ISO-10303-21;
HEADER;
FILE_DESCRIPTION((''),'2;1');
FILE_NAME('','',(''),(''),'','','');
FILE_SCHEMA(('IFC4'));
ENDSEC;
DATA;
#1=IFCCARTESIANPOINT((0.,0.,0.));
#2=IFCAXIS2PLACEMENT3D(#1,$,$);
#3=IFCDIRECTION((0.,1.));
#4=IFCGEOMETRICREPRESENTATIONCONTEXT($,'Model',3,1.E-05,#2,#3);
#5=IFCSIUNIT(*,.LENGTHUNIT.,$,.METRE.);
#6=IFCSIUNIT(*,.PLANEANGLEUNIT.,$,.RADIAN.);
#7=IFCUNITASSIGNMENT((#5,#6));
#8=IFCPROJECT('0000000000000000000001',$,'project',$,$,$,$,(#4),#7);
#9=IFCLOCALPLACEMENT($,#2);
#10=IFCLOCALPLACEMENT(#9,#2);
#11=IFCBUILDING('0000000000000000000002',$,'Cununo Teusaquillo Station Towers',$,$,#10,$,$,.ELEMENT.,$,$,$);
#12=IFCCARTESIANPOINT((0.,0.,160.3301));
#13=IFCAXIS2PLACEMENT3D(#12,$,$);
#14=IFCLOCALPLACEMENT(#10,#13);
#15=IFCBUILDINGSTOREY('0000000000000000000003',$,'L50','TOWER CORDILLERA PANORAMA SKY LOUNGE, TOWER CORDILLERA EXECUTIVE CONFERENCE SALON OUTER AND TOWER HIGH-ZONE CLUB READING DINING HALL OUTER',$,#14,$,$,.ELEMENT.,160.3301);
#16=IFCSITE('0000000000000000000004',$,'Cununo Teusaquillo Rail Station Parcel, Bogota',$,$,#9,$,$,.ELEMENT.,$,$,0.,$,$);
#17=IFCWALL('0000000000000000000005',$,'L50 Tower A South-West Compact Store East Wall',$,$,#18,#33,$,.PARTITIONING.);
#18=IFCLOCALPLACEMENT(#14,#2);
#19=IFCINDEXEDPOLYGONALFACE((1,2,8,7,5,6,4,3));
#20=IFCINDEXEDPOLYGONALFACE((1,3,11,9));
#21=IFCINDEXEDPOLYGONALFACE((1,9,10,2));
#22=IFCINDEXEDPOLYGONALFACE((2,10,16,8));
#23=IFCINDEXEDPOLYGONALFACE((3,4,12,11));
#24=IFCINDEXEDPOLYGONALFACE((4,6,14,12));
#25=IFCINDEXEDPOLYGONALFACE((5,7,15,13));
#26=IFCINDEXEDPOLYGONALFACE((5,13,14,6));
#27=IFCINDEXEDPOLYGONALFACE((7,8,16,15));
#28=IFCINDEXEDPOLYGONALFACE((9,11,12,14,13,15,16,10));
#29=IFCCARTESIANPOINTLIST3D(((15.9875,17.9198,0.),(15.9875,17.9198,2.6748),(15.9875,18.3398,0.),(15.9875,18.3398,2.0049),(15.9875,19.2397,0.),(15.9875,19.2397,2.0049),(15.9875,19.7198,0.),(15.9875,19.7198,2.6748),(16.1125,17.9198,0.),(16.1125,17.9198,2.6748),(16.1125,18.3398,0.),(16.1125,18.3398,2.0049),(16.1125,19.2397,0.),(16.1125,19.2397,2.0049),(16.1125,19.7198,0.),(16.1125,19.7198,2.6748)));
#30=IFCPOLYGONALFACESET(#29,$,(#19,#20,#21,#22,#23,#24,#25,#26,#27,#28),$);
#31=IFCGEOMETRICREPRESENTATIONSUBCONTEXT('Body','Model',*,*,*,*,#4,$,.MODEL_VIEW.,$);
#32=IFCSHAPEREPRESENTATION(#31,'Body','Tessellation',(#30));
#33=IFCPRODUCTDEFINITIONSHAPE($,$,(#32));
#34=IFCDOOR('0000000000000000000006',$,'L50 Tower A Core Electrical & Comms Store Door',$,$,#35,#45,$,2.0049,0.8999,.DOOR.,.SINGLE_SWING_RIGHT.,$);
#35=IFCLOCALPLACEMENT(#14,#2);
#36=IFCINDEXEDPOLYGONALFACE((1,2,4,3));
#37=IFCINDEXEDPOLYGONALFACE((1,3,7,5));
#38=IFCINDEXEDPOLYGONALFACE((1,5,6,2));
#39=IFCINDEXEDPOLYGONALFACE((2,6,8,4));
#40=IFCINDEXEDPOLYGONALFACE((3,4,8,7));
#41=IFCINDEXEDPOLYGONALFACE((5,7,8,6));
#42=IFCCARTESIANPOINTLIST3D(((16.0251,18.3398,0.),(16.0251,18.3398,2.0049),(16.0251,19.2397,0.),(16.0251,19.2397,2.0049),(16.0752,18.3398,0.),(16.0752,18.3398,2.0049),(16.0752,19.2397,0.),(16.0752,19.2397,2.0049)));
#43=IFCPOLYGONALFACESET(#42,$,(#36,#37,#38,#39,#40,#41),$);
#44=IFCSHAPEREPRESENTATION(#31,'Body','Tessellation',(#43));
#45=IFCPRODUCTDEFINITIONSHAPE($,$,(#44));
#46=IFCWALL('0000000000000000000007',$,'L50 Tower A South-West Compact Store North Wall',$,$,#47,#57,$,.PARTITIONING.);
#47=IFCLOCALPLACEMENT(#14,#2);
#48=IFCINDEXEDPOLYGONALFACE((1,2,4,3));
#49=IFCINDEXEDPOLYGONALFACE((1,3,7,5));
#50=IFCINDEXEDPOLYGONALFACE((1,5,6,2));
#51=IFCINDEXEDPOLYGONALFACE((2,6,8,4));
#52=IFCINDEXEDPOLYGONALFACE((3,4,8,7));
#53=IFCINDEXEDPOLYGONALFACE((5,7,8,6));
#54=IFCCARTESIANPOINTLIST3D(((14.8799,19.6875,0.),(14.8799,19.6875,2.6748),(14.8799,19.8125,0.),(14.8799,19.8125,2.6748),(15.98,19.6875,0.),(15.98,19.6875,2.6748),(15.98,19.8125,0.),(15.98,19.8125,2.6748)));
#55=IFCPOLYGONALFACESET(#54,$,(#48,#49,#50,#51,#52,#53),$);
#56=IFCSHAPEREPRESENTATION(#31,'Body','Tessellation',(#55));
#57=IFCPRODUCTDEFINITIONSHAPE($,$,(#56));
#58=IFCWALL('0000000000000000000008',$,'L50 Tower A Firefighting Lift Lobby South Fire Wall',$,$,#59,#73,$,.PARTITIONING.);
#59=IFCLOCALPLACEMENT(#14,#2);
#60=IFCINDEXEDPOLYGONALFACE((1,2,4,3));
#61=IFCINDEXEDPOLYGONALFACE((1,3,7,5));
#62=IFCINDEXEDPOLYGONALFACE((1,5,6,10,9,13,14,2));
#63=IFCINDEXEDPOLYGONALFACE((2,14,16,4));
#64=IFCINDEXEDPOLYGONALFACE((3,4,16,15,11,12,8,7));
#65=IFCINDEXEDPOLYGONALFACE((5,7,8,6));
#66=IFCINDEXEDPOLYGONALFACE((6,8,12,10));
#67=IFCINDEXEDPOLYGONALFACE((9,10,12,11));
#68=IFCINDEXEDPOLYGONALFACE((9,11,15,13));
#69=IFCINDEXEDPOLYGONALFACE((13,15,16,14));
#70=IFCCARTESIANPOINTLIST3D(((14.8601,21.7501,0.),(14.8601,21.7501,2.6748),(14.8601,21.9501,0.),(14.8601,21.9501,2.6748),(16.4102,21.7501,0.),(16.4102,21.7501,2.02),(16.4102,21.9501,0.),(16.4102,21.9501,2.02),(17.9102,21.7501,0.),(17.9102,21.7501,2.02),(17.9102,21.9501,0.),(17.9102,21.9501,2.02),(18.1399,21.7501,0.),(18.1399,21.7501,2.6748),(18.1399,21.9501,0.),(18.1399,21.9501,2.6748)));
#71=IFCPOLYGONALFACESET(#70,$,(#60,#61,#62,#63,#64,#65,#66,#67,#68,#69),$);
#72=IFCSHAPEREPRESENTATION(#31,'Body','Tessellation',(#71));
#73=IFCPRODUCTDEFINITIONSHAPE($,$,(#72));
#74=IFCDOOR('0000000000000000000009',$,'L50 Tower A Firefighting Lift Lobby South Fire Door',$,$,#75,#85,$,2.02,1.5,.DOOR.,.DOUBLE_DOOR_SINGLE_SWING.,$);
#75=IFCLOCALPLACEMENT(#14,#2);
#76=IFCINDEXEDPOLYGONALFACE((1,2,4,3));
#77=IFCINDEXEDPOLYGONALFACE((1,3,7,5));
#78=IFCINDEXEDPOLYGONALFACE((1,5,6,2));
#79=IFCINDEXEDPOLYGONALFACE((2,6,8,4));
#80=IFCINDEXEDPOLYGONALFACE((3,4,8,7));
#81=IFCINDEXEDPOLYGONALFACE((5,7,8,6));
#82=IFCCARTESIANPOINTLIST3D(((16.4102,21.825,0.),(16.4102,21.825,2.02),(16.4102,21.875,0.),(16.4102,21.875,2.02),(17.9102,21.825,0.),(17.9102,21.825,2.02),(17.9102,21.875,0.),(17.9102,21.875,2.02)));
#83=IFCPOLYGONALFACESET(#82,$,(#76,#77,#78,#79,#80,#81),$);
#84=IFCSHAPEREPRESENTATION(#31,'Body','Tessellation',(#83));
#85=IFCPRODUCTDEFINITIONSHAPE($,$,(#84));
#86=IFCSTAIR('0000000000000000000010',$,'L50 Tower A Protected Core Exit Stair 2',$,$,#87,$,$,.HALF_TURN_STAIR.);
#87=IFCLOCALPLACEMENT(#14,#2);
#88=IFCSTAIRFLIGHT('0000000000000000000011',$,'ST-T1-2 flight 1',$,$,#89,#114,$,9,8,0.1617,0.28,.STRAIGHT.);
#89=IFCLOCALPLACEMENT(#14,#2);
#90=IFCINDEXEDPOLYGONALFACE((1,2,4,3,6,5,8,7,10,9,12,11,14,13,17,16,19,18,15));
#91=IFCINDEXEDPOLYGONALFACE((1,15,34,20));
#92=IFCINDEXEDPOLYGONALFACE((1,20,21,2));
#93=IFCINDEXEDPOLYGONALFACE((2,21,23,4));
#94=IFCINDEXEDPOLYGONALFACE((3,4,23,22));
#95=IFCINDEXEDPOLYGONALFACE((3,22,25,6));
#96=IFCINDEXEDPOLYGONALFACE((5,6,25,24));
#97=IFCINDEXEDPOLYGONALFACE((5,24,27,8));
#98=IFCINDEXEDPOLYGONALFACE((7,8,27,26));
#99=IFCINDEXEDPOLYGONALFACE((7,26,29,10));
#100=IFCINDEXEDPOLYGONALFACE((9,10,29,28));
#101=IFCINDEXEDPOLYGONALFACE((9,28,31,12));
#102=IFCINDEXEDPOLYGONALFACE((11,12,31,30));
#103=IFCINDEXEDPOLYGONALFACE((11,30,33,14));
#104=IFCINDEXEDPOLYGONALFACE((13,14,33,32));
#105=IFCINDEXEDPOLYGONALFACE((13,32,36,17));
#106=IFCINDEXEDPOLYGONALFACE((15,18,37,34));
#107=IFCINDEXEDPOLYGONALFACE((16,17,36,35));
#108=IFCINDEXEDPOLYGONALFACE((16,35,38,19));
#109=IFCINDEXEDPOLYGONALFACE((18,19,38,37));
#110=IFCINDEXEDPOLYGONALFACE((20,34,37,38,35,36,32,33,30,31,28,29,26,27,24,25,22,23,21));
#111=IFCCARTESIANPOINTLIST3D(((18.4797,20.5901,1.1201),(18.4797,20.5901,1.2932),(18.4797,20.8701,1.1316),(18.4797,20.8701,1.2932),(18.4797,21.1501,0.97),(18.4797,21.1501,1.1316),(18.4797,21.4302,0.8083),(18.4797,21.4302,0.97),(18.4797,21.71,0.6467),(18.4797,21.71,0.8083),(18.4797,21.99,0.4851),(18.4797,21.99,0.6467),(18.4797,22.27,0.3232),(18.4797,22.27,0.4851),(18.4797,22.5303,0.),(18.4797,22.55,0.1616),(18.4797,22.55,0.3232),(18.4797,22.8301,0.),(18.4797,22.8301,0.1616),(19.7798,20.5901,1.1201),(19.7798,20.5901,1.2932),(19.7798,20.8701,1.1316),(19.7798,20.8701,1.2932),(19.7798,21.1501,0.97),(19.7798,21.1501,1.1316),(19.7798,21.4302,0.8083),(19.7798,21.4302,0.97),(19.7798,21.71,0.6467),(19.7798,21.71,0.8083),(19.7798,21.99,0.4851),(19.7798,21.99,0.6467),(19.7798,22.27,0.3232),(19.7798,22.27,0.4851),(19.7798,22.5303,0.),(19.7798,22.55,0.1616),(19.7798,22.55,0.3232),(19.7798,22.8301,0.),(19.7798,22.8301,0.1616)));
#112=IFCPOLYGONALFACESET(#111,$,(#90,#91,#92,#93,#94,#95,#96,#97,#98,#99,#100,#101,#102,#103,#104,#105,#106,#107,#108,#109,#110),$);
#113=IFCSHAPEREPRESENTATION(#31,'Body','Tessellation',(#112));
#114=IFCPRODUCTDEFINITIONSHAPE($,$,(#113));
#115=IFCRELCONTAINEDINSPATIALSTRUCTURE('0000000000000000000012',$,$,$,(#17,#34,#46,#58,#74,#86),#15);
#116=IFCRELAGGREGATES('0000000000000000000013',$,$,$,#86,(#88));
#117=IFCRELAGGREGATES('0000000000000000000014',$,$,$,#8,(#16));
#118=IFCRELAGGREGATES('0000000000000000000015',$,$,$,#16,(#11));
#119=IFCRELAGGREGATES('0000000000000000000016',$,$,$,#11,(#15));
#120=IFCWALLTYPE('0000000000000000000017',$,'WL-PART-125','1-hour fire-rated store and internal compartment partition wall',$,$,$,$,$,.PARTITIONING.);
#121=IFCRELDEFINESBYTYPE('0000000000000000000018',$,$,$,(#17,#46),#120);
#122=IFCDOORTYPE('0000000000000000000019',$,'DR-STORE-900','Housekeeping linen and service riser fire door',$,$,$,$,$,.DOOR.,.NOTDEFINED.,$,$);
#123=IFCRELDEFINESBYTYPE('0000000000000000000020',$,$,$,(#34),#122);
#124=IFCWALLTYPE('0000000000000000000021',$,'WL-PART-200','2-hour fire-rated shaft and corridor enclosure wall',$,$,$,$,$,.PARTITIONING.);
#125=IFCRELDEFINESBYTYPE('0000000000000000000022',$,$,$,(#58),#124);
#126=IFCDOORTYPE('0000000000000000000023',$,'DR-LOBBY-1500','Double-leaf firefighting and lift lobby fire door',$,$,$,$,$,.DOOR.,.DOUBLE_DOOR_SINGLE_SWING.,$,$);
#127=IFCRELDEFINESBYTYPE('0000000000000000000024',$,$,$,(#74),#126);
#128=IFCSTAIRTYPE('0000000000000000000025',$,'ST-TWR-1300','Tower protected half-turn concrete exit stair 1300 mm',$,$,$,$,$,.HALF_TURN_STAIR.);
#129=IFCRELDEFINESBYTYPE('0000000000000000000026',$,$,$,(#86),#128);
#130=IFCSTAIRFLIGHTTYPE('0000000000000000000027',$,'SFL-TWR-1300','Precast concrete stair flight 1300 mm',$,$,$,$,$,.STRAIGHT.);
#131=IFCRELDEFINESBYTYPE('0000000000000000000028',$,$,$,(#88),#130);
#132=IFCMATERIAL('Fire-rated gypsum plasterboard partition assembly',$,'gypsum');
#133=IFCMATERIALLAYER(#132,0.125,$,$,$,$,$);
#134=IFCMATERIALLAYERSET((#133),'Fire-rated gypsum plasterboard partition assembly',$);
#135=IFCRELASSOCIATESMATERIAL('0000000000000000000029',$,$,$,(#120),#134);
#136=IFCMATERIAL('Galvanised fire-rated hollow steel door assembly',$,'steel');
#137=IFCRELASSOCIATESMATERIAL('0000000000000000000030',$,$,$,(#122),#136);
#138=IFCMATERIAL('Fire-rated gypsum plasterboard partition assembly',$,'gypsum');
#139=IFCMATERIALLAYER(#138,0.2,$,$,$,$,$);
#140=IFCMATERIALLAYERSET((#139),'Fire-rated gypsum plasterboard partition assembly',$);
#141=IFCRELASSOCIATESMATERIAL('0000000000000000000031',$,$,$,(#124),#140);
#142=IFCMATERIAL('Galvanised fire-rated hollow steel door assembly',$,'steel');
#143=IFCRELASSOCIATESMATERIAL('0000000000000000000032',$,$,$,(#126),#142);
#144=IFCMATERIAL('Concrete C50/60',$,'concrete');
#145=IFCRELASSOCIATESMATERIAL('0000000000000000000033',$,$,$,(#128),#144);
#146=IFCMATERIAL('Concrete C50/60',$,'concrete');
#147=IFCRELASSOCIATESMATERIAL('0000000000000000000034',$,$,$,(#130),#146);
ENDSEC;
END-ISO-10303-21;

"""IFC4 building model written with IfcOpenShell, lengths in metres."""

from ifc_helpers import new_model, si_unit, direction, frame, frame_2d, origin, place, context, subcontext, project, spatial, polyline, rectangle, outline, extrude, source, transform, mapped, material, layer, layer_set, type_object, element, fill, aggregate, save


model = new_model("IFC4")

# Units and contexts
model_context = context("Model", 3, precision=1e-05, world=origin(), true_north=direction((0.0, 1.0)))
body_context = subcontext(model_context, "Body", "Model", "MODEL_VIEW")
ifc_project = project(units=[si_unit("LENGTHUNIT", "METRE"), si_unit("PLANEANGLEUNIT", "RADIAN")], contexts=[model_context])

# Site, building, storey
site_placement = place(None, origin())
site = spatial("IfcSite", under=ifc_project, at=site_placement, Name="Cununo Teusaquillo Rail Station Parcel, Bogota", CompositionType="ELEMENT", RefElevation=0.0)
building_placement = place(site_placement, origin())
building = spatial("IfcBuilding", under=site, at=building_placement, Name="Cununo Teusaquillo Station Towers", CompositionType="ELEMENT")
storey_placement = place(building_placement, frame((0.0, 0.0, 160.3301)))
storey = spatial("IfcBuildingStorey", under=building, at=storey_placement, Name="L50", Description="TOWER CORDILLERA PANORAMA SKY LOUNGE, TOWER CORDILLERA EXECUTIVE CONFERENCE SALON OUTER AND TOWER HIGH-ZONE CLUB READING DINING HALL OUTER", CompositionType="ELEMENT", Elevation=160.3301)

# Wall, opening, door
ifc_material_1 = material(Name="Fire-rated gypsum plasterboard partition assembly", Category="gypsum")
ifc_layer_1 = layer(ifc_material_1, 0.125)
ifc_layer_set_1 = layer_set([ifc_layer_1], Name="Fire-rated gypsum plasterboard partition assembly")
wall_type_1 = type_object("IfcWallType", Name="WL-PART-125", Description="1-hour fire-rated store and internal compartment partition wall", PredefinedType="PARTITIONING", material=ifc_layer_set_1)
wall_1_placement = place(storey_placement, frame((16.05, 17.9199, 0.0), z_axis=(0.0, 0.0, 1.0), x_axis=(0.0, 1.0, 0.0)))
wall_1 = element("IfcWall", 1, at=wall_1_placement, inside=storey, type_object=wall_type_1, Name="L50 Tower A South-West Compact Store East Wall", PredefinedType="PARTITIONING", context=body_context, shape_type="SweptSolid", body=[
    extrude(rectangle(XDim=1.8, YDim=0.125, at=frame_2d((0.8999, 0.0))), origin(), (0.0, 0.0, 1.0), 2.6748),
])
shared_shape_1 = source(origin(), body_context, "Body", "SweptSolid", [
    extrude(rectangle(XDim=0.8999, YDim=2.0049, at=frame_2d((0.45, 1.0024))), frame((0.0, 0.0725, 0.0), z_axis=(0.0, -1.0, 0.0), x_axis=(1.0, 0.0, 0.0)), (0.0, 0.0, 1.0), 0.145),
])
opening_1_placement = place(wall_1_placement, frame((0.4199, 0.0, 0.0)))
opening_1 = element("IfcOpeningElement", 2, at=opening_1_placement, cuts=wall_1, PredefinedType="OPENING", context=body_context, shape_type="MappedRepresentation", body=[
    mapped(shared_shape_1, transform((0.0, 0.0, 0.0), x_axis=(1.0, 0.0, 0.0), y_axis=(0.0, 1.0, 0.0), z_axis=(0.0, 0.0, 1.0), scale=1.0)),
])
ifc_material_2 = material(Name="Galvanised fire-rated hollow steel door assembly", Category="steel")
door_type_1 = type_object("IfcDoorType", Name="DR-STORE-900", Description="Housekeeping linen and service riser fire door", OperationType="NOTDEFINED", PredefinedType="DOOR", material=ifc_material_2)
shared_shape_2 = source(origin(), body_context, "Body", "SweptSolid", [
    extrude(rectangle(XDim=0.8999, YDim=2.0049, at=frame_2d((0.45, 1.0024))), frame((0.0, 0.0249, 0.0), z_axis=(0.0, -1.0, 0.0), x_axis=(1.0, 0.0, 0.0)), (0.0, 0.0, 1.0), 0.05),
])
door_1_placement = place(opening_1_placement, origin())
door_1 = element("IfcDoor", 3, at=door_1_placement, inside=storey, type_object=door_type_1, Name="L50 Tower A Core Electrical & Comms Store Door", OperationType="SINGLE_SWING_RIGHT", OverallHeight=2.0049, OverallWidth=0.8999, PredefinedType="DOOR", context=body_context, shape_type="MappedRepresentation", body=[
    mapped(shared_shape_2, transform((0.0, 0.0, 0.0), x_axis=(1.0, 0.0, 0.0), y_axis=(0.0, 1.0, 0.0), z_axis=(0.0, 0.0, 1.0), scale=1.0)),
])
fill(opening_1, door_1)

# Wall
wall_2_placement = place(storey_placement, frame((14.8799, 19.75, 0.0), z_axis=(0.0, 0.0, 1.0), x_axis=(1.0, 0.0, 0.0)))
element("IfcWall", 4, at=wall_2_placement, inside=storey, type_object=wall_type_1, Name="L50 Tower A South-West Compact Store North Wall", PredefinedType="PARTITIONING", context=body_context, shape_type="SweptSolid", body=[
    extrude(rectangle(XDim=1.1001, YDim=0.125, at=frame_2d((0.55, 0.0))), origin(), (0.0, 0.0, 1.0), 2.6748),
])

# Wall, opening, door
ifc_material_3 = material(Name="Fire-rated gypsum plasterboard partition assembly", Category="gypsum")
ifc_layer_2 = layer(ifc_material_3, 0.2)
ifc_layer_set_2 = layer_set([ifc_layer_2], Name="Fire-rated gypsum plasterboard partition assembly")
wall_type_2 = type_object("IfcWallType", Name="WL-PART-200", Description="2-hour fire-rated shaft and corridor enclosure wall", PredefinedType="PARTITIONING", material=ifc_layer_set_2)
wall_3_placement = place(storey_placement, frame((14.8601, 21.8501, 0.0), z_axis=(0.0, 0.0, 1.0), x_axis=(1.0, 0.0, 0.0)))
wall_3 = element("IfcWall", 5, at=wall_3_placement, inside=storey, type_object=wall_type_2, Name="L50 Tower A Firefighting Lift Lobby South Fire Wall", PredefinedType="PARTITIONING", context=body_context, shape_type="SweptSolid", body=[
    extrude(rectangle(XDim=3.2798, YDim=0.2, at=frame_2d((1.6399, 0.0))), origin(), (0.0, 0.0, 1.0), 2.6748),
])
shared_shape_3 = source(origin(), body_context, "Body", "SweptSolid", [
    extrude(rectangle(XDim=1.5, YDim=2.02, at=frame_2d((0.75, 1.01))), frame((0.0, 0.1099, 0.0), z_axis=(0.0, -1.0, 0.0), x_axis=(1.0, 0.0, 0.0)), (0.0, 0.0, 1.0), 0.22),
])
opening_2_placement = place(wall_3_placement, frame((1.55, 0.0, 0.0)))
opening_2 = element("IfcOpeningElement", 6, at=opening_2_placement, cuts=wall_3, PredefinedType="OPENING", context=body_context, shape_type="MappedRepresentation", body=[
    mapped(shared_shape_3, transform((0.0, 0.0, 0.0), x_axis=(1.0, 0.0, 0.0), y_axis=(0.0, 1.0, 0.0), z_axis=(0.0, 0.0, 1.0), scale=1.0)),
])
ifc_material_4 = material(Name="Galvanised fire-rated hollow steel door assembly", Category="steel")
door_type_2 = type_object("IfcDoorType", Name="DR-LOBBY-1500", Description="Double-leaf firefighting and lift lobby fire door", OperationType="DOUBLE_DOOR_SINGLE_SWING", PredefinedType="DOOR", material=ifc_material_4)
shared_shape_4 = source(origin(), body_context, "Body", "SweptSolid", [
    extrude(rectangle(XDim=1.5, YDim=2.02, at=frame_2d((0.75, 1.01))), frame((0.0, 0.0249, 0.0), z_axis=(0.0, -1.0, 0.0), x_axis=(1.0, 0.0, 0.0)), (0.0, 0.0, 1.0), 0.05),
])
door_2_placement = place(opening_2_placement, origin())
door_2 = element("IfcDoor", 7, at=door_2_placement, inside=storey, type_object=door_type_2, Name="L50 Tower A Firefighting Lift Lobby South Fire Door", OperationType="DOUBLE_DOOR_SINGLE_SWING", OverallHeight=2.02, OverallWidth=1.5, PredefinedType="DOOR", context=body_context, shape_type="MappedRepresentation", body=[
    mapped(shared_shape_4, transform((0.0, 0.0, 0.0), x_axis=(1.0, 0.0, 0.0), y_axis=(0.0, 1.0, 0.0), z_axis=(0.0, 0.0, 1.0), scale=1.0)),
])
fill(opening_2, door_2)

# Stair, stair flight
ifc_material_5 = material(Name="Concrete C50/60", Category="concrete")
stair_type = type_object("IfcStairType", Name="ST-TWR-1300", Description="Tower protected half-turn concrete exit stair 1300 mm", PredefinedType="HALF_TURN_STAIR", material=ifc_material_5)
stair_placement = place(storey_placement, origin())
stair = element("IfcStair", 8, at=stair_placement, inside=storey, type_object=stair_type, Name="L50 Tower A Protected Core Exit Stair 2", PredefinedType="HALF_TURN_STAIR")
ifc_material_6 = material(Name="Concrete C50/60", Category="concrete")
stair_flight_type = type_object("IfcStairFlightType", Name="SFL-TWR-1300", Description="Precast concrete stair flight 1300 mm", PredefinedType="STRAIGHT", material=ifc_material_6)
stair_flight_placement = place(storey_placement, frame((19.1299, 22.8301, 0.0), z_axis=(0.0, 0.0, 1.0), x_axis=(0.0, -1.0, 0.0)))
stair_flight = element("IfcStairFlight", 9, at=stair_flight_placement, type_object=stair_flight_type, Name="ST-T1-2 flight 1", NumberOfRisers=9, NumberOfTreads=8, PredefinedType="STRAIGHT", RiserHeight=0.1617, TreadLength=0.28, context=body_context, shape_type="SweptSolid", body=[
    extrude(outline(polyline([(0.0, 0.0), (0.0, 0.1616), (0.28, 0.1616), (0.28, 0.3232), (0.5601, 0.3232), (0.5601, 0.4851), (0.8401, 0.4851), (0.8401, 0.6467), (1.1201, 0.6467), (1.1201, 0.8083), (1.3999, 0.8083), (1.3999, 0.97), (1.6799, 0.97), (1.6799, 1.1316), (1.96, 1.1316), (1.96, 1.2932), (2.24, 1.2932), (2.24, 1.4551), (2.24, 1.1201), (0.2998, 0.0), (0.0, 0.0)])), frame((0.0, 0.6499, 0.0), z_axis=(0.0, -1.0, 0.0), x_axis=(1.0, 0.0, 0.0)), (0.0, 0.0, 1.0), 1.3),
])
aggregate(stair, [stair_flight])

save(model, "model.ifc")
